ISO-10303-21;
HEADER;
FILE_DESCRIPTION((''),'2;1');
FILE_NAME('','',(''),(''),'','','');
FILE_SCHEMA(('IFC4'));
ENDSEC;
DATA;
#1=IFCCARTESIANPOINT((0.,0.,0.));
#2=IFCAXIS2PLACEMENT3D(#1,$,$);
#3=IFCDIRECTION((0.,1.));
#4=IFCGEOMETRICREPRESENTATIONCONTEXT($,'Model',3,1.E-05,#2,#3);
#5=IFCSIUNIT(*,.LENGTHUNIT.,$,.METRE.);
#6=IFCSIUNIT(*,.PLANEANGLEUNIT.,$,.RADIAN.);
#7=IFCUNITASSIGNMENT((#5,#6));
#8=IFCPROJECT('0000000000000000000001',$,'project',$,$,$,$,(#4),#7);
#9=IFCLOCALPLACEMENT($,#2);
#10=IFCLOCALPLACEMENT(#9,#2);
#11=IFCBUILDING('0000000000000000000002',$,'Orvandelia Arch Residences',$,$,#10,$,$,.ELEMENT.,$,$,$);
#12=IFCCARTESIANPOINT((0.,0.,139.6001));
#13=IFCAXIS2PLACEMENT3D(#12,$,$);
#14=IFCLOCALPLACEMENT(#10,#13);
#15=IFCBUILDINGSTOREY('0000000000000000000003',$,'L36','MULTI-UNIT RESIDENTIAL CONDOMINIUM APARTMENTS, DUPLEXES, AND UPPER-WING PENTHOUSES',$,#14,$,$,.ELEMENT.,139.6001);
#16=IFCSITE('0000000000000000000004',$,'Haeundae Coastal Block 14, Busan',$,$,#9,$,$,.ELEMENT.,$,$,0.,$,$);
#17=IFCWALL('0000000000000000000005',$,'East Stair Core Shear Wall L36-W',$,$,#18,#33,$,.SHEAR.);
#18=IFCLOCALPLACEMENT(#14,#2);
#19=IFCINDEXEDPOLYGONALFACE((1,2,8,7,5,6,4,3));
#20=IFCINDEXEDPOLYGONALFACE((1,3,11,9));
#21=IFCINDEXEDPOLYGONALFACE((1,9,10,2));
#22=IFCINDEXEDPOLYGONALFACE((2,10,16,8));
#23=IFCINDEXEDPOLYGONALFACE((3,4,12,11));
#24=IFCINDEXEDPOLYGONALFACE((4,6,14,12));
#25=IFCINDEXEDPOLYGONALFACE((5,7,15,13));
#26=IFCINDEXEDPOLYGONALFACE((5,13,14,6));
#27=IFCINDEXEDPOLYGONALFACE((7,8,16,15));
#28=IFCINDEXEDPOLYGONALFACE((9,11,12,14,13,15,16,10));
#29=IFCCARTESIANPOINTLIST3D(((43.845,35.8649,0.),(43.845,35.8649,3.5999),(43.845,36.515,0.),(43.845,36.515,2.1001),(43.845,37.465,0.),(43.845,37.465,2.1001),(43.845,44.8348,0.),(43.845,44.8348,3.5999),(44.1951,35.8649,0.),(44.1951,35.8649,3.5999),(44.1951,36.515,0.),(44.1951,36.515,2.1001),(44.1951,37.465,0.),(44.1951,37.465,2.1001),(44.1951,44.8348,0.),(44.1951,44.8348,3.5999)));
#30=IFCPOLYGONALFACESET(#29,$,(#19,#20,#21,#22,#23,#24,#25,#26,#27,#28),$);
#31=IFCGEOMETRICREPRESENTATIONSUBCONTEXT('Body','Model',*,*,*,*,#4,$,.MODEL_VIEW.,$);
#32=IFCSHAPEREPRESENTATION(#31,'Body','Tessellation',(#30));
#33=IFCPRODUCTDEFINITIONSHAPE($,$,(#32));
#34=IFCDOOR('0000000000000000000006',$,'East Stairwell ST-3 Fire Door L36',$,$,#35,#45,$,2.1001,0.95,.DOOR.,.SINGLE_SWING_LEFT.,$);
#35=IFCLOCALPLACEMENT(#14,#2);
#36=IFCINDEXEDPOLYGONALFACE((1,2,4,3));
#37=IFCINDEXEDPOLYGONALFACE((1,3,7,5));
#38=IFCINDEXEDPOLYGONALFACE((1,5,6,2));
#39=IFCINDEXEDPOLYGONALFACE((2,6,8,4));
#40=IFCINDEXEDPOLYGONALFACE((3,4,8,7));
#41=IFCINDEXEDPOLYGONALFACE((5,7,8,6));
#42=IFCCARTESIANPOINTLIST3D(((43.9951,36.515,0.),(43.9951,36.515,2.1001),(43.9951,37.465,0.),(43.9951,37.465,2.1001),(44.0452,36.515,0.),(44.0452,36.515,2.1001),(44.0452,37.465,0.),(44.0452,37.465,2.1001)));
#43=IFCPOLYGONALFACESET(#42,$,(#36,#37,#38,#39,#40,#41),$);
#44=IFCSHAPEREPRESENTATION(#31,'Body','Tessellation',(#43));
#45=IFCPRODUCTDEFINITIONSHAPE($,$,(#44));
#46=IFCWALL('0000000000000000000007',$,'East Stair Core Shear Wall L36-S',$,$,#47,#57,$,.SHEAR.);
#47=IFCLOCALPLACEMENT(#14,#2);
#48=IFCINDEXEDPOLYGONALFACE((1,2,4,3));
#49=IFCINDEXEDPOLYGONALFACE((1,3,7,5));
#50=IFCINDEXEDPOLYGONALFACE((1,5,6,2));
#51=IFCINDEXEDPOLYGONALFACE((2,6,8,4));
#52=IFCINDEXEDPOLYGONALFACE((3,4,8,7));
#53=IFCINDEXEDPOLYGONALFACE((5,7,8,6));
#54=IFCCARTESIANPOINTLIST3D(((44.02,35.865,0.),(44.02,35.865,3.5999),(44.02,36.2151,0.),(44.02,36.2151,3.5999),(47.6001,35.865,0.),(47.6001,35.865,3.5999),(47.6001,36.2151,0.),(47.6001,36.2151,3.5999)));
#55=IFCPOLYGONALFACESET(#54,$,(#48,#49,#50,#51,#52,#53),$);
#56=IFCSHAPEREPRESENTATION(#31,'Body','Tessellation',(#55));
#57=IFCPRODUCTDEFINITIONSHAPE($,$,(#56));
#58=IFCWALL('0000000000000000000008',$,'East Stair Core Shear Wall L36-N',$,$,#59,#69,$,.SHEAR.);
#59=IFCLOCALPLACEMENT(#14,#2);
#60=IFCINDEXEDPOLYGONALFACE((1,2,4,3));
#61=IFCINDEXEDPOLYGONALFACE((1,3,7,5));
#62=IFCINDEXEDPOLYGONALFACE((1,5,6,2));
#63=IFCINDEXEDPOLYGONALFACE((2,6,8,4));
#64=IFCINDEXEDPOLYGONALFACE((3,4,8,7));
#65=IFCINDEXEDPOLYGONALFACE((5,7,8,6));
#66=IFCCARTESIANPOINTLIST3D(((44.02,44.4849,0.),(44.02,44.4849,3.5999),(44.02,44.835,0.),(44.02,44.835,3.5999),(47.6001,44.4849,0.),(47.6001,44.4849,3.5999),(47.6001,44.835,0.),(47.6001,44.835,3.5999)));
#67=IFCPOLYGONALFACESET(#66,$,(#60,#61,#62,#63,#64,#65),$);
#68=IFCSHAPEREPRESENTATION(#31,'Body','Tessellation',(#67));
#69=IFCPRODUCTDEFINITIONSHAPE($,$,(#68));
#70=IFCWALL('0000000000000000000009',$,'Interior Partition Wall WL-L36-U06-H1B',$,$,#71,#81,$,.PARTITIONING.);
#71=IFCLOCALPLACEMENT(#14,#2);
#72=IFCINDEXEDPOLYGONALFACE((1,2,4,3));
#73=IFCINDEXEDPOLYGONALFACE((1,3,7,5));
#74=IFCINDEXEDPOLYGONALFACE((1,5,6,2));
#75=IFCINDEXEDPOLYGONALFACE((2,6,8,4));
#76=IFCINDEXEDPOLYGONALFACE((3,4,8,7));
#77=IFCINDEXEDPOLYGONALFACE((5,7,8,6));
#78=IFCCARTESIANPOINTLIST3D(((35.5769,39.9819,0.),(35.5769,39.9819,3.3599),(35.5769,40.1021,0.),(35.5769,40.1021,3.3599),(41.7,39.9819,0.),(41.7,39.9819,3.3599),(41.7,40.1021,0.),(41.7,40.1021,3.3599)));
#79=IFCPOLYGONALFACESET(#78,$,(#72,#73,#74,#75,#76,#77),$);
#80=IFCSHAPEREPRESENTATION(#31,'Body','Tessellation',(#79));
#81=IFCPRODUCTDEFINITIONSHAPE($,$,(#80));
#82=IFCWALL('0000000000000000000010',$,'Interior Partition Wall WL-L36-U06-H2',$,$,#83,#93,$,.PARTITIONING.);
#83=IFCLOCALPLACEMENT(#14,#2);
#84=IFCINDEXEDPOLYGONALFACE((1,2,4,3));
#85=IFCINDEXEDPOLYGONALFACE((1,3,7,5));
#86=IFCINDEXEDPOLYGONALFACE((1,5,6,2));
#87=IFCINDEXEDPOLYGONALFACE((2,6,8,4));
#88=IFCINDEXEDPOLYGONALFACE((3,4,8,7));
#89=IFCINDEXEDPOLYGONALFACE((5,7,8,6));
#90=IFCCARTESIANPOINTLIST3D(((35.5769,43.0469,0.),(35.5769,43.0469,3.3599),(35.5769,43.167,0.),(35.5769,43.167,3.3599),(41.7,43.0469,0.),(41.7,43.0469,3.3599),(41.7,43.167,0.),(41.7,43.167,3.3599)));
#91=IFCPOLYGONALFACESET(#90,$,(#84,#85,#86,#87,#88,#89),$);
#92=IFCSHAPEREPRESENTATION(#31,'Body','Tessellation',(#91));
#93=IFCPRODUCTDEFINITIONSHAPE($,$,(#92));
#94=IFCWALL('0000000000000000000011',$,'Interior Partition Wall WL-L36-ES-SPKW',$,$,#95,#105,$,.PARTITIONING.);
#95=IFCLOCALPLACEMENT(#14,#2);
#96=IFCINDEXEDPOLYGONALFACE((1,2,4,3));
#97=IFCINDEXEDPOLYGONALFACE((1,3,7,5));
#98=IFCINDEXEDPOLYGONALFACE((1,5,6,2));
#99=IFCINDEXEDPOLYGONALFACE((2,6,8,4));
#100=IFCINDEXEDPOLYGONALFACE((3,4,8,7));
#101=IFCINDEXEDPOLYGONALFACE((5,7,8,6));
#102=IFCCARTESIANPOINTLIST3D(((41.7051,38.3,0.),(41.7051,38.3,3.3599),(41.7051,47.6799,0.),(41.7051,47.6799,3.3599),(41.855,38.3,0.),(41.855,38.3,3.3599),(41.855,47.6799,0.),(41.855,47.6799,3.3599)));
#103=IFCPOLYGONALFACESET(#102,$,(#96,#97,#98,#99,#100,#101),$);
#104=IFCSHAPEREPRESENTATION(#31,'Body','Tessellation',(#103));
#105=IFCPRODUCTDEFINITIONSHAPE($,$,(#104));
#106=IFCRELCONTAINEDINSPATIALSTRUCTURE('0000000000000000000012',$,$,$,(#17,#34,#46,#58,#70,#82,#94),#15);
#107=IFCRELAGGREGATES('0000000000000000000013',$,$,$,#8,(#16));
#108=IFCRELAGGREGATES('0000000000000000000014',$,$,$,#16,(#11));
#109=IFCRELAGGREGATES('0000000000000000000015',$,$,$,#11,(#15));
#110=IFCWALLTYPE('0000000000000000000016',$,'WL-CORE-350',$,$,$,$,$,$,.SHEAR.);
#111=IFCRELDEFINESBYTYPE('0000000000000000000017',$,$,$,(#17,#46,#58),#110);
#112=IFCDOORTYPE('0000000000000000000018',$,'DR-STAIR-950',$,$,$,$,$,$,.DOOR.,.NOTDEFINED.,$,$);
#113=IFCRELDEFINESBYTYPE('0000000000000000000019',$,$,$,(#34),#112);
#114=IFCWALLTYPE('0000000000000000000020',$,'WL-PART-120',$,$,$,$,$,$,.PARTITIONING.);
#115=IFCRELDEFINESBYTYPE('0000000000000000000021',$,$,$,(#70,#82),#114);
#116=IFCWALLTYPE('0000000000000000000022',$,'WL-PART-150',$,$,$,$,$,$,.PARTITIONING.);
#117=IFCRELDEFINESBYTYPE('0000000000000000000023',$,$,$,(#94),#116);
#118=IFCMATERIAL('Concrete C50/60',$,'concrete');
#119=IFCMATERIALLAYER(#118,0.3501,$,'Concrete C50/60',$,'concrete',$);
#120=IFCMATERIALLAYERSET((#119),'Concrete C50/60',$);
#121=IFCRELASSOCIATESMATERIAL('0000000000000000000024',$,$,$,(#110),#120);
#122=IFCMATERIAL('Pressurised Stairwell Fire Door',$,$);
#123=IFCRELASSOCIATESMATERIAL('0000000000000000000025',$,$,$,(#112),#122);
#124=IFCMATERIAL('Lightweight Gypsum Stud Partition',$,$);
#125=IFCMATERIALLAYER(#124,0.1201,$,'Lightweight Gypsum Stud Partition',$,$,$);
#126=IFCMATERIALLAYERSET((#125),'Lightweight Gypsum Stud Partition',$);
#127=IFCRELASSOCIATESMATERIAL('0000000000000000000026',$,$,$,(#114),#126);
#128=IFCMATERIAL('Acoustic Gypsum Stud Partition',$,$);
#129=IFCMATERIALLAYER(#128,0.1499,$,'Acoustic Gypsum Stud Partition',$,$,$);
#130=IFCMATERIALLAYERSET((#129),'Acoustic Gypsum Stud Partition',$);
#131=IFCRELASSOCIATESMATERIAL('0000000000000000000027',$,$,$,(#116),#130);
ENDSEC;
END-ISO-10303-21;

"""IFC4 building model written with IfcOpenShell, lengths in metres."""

from ifc_helpers import new_model, si_unit, direction, frame, frame_2d, origin, place, context, subcontext, project, spatial, rectangle, extrude, material, layer, layer_set, type_object, element, fill, save


model = new_model("IFC4")

# Units and contexts
model_context = context("Model", 3, precision=1e-05, world=origin(), true_north=direction((0.0, 1.0)))
body_context = subcontext(model_context, "Body", "Model", "MODEL_VIEW")
ifc_project = project(units=[si_unit("LENGTHUNIT", "METRE"), si_unit("PLANEANGLEUNIT", "RADIAN")], contexts=[model_context])

# Site, building, storey
site_placement = place(None, origin())
site = spatial("IfcSite", under=ifc_project, at=site_placement, Name="Haeundae Coastal Block 14, Busan", CompositionType="ELEMENT", RefElevation=0.0)
building_placement = place(site_placement, origin())
building = spatial("IfcBuilding", under=site, at=building_placement, Name="Orvandelia Arch Residences", CompositionType="ELEMENT")
storey_placement = place(building_placement, frame((0.0, 0.0, 139.6001)))
storey = spatial("IfcBuildingStorey", under=building, at=storey_placement, Name="L36", Description="MULTI-UNIT RESIDENTIAL CONDOMINIUM APARTMENTS, DUPLEXES, AND UPPER-WING PENTHOUSES", CompositionType="ELEMENT", Elevation=139.6001)

# Wall, opening, door
ifc_material_1 = material(Name="Concrete C50/60", Category="concrete")
ifc_layer_1 = layer(ifc_material_1, 0.3501, Name="Concrete C50/60", Category="concrete")
ifc_layer_set_1 = layer_set([ifc_layer_1], Name="Concrete C50/60")
wall_type_1 = type_object("IfcWallType", Name="WL-CORE-350", PredefinedType="SHEAR", material=ifc_layer_set_1)
wall_1_placement = place(storey_placement, frame((44.02, 35.865, 0.0), z_axis=(0.0, 0.0, 1.0), x_axis=(0.0, 1.0, 0.0)))
wall_1 = element("IfcWall", 1, at=wall_1_placement, inside=storey, type_object=wall_type_1, Name="East Stair Core Shear Wall L36-W", PredefinedType="SHEAR", context=body_context, shape_type="SweptSolid", body=[
    extrude(rectangle(XDim=8.97, YDim=0.3501, at=frame_2d((4.4849, 0.0))), origin(), (0.0, 0.0, 1.0), 3.5999),
])
opening_1_placement = place(wall_1_placement, frame((0.6499, 0.0, 0.0)))
opening_1 = element("IfcOpeningElement", 2, at=opening_1_placement, cuts=wall_1, PredefinedType="OPENING", context=body_context, shape_type="SweptSolid", body=[
    extrude(rectangle(XDim=0.95, YDim=2.1001, at=frame_2d((0.4751, 1.05))), frame((0.0, 0.1851, 0.0), z_axis=(0.0, -1.0, 0.0), x_axis=(1.0, 0.0, 0.0)), (0.0, 0.0, 1.0), 0.3701),
])
ifc_material_2 = material(Name="Pressurised Stairwell Fire Door")
door_type_1 = type_object("IfcDoorType", Name="DR-STAIR-950", OperationType="NOTDEFINED", PredefinedType="DOOR", material=ifc_material_2)
door_1_placement = place(opening_1_placement, origin())
door_1 = element("IfcDoor", 3, at=door_1_placement, inside=storey, type_object=door_type_1, Name="East Stairwell ST-3 Fire Door L36", OperationType="SINGLE_SWING_LEFT", OverallHeight=2.1001, OverallWidth=0.95, PredefinedType="DOOR", context=body_context, shape_type="SweptSolid", body=[
    extrude(rectangle(XDim=0.95, YDim=2.1001, at=frame_2d((0.4751, 1.05))), frame((0.0, 0.0249, 0.0), z_axis=(0.0, -1.0, 0.0), x_axis=(1.0, 0.0, 0.0)), (0.0, 0.0, 1.0), 0.05),
])
fill(opening_1, door_1)

# Walls
for number, where, z_axis, x_axis, name in (
    (4, (44.02, 36.04, 0.0), (0.0, 0.0, 1.0), (1.0, 0.0, 0.0), "East Stair Core Shear Wall L36-S"),
    (5, (44.02, 44.6599, 0.0), (0.0, 0.0, 1.0), (1.0, 0.0, 0.0), "East Stair Core Shear Wall L36-N"),
):
    element("IfcWall", number, at=place(storey_placement, frame(where, z_axis=z_axis, x_axis=x_axis)), inside=storey, type_object=wall_type_1, Name=name, PredefinedType="SHEAR", context=body_context, shape_type="SweptSolid", body=[
        extrude(rectangle(XDim=3.5801, YDim=0.3501, at=frame_2d((1.79, 0.0))), origin(), (0.0, 0.0, 1.0), 3.5999),
    ])

# Walls
ifc_material_3 = material(Name="Lightweight Gypsum Stud Partition")
ifc_layer_2 = layer(ifc_material_3, 0.1201, Name="Lightweight Gypsum Stud Partition")
ifc_layer_set_2 = layer_set([ifc_layer_2], Name="Lightweight Gypsum Stud Partition")
wall_type_2 = type_object("IfcWallType", Name="WL-PART-120", PredefinedType="PARTITIONING", material=ifc_layer_set_2)
for number, where, z_axis, x_axis, name in (
    (6, (35.5769, 40.042, 0.0), (0.0, 0.0, 1.0), (1.0, 0.0, 0.0), "Interior Partition Wall WL-L36-U06-H1B"),
    (7, (35.5769, 43.1069, 0.0), (0.0, 0.0, 1.0), (1.0, 0.0, 0.0), "Interior Partition Wall WL-L36-U06-H2"),
):
    element("IfcWall", number, at=place(storey_placement, frame(where, z_axis=z_axis, x_axis=x_axis)), inside=storey, type_object=wall_type_2, Name=name, PredefinedType="PARTITIONING", context=body_context, shape_type="SweptSolid", body=[
        extrude(rectangle(XDim=6.123, YDim=0.1201, at=frame_2d((3.0615, 0.0))), origin(), (0.0, 0.0, 1.0), 3.3599),
    ])
ifc_material_4 = material(Name="Acoustic Gypsum Stud Partition")
ifc_layer_3 = layer(ifc_material_4, 0.1499, Name="Acoustic Gypsum Stud Partition")
ifc_layer_set_3 = layer_set([ifc_layer_3], Name="Acoustic Gypsum Stud Partition")
wall_type_3 = type_object("IfcWallType", Name="WL-PART-150", PredefinedType="PARTITIONING", material=ifc_layer_set_3)
wall_2_placement = place(storey_placement, frame((41.78, 38.3, 0.0), z_axis=(0.0, 0.0, 1.0), x_axis=(0.0, 1.0, 0.0)))
element("IfcWall", 8, at=wall_2_placement, inside=storey, type_object=wall_type_3, Name="Interior Partition Wall WL-L36-ES-SPKW", PredefinedType="PARTITIONING", context=body_context, shape_type="SweptSolid", body=[
    extrude(rectangle(XDim=9.3799, YDim=0.1499, at=frame_2d((4.6899, 0.0))), origin(), (0.0, 0.0, 1.0), 3.3599),
])

save(model, "model.ifc")
